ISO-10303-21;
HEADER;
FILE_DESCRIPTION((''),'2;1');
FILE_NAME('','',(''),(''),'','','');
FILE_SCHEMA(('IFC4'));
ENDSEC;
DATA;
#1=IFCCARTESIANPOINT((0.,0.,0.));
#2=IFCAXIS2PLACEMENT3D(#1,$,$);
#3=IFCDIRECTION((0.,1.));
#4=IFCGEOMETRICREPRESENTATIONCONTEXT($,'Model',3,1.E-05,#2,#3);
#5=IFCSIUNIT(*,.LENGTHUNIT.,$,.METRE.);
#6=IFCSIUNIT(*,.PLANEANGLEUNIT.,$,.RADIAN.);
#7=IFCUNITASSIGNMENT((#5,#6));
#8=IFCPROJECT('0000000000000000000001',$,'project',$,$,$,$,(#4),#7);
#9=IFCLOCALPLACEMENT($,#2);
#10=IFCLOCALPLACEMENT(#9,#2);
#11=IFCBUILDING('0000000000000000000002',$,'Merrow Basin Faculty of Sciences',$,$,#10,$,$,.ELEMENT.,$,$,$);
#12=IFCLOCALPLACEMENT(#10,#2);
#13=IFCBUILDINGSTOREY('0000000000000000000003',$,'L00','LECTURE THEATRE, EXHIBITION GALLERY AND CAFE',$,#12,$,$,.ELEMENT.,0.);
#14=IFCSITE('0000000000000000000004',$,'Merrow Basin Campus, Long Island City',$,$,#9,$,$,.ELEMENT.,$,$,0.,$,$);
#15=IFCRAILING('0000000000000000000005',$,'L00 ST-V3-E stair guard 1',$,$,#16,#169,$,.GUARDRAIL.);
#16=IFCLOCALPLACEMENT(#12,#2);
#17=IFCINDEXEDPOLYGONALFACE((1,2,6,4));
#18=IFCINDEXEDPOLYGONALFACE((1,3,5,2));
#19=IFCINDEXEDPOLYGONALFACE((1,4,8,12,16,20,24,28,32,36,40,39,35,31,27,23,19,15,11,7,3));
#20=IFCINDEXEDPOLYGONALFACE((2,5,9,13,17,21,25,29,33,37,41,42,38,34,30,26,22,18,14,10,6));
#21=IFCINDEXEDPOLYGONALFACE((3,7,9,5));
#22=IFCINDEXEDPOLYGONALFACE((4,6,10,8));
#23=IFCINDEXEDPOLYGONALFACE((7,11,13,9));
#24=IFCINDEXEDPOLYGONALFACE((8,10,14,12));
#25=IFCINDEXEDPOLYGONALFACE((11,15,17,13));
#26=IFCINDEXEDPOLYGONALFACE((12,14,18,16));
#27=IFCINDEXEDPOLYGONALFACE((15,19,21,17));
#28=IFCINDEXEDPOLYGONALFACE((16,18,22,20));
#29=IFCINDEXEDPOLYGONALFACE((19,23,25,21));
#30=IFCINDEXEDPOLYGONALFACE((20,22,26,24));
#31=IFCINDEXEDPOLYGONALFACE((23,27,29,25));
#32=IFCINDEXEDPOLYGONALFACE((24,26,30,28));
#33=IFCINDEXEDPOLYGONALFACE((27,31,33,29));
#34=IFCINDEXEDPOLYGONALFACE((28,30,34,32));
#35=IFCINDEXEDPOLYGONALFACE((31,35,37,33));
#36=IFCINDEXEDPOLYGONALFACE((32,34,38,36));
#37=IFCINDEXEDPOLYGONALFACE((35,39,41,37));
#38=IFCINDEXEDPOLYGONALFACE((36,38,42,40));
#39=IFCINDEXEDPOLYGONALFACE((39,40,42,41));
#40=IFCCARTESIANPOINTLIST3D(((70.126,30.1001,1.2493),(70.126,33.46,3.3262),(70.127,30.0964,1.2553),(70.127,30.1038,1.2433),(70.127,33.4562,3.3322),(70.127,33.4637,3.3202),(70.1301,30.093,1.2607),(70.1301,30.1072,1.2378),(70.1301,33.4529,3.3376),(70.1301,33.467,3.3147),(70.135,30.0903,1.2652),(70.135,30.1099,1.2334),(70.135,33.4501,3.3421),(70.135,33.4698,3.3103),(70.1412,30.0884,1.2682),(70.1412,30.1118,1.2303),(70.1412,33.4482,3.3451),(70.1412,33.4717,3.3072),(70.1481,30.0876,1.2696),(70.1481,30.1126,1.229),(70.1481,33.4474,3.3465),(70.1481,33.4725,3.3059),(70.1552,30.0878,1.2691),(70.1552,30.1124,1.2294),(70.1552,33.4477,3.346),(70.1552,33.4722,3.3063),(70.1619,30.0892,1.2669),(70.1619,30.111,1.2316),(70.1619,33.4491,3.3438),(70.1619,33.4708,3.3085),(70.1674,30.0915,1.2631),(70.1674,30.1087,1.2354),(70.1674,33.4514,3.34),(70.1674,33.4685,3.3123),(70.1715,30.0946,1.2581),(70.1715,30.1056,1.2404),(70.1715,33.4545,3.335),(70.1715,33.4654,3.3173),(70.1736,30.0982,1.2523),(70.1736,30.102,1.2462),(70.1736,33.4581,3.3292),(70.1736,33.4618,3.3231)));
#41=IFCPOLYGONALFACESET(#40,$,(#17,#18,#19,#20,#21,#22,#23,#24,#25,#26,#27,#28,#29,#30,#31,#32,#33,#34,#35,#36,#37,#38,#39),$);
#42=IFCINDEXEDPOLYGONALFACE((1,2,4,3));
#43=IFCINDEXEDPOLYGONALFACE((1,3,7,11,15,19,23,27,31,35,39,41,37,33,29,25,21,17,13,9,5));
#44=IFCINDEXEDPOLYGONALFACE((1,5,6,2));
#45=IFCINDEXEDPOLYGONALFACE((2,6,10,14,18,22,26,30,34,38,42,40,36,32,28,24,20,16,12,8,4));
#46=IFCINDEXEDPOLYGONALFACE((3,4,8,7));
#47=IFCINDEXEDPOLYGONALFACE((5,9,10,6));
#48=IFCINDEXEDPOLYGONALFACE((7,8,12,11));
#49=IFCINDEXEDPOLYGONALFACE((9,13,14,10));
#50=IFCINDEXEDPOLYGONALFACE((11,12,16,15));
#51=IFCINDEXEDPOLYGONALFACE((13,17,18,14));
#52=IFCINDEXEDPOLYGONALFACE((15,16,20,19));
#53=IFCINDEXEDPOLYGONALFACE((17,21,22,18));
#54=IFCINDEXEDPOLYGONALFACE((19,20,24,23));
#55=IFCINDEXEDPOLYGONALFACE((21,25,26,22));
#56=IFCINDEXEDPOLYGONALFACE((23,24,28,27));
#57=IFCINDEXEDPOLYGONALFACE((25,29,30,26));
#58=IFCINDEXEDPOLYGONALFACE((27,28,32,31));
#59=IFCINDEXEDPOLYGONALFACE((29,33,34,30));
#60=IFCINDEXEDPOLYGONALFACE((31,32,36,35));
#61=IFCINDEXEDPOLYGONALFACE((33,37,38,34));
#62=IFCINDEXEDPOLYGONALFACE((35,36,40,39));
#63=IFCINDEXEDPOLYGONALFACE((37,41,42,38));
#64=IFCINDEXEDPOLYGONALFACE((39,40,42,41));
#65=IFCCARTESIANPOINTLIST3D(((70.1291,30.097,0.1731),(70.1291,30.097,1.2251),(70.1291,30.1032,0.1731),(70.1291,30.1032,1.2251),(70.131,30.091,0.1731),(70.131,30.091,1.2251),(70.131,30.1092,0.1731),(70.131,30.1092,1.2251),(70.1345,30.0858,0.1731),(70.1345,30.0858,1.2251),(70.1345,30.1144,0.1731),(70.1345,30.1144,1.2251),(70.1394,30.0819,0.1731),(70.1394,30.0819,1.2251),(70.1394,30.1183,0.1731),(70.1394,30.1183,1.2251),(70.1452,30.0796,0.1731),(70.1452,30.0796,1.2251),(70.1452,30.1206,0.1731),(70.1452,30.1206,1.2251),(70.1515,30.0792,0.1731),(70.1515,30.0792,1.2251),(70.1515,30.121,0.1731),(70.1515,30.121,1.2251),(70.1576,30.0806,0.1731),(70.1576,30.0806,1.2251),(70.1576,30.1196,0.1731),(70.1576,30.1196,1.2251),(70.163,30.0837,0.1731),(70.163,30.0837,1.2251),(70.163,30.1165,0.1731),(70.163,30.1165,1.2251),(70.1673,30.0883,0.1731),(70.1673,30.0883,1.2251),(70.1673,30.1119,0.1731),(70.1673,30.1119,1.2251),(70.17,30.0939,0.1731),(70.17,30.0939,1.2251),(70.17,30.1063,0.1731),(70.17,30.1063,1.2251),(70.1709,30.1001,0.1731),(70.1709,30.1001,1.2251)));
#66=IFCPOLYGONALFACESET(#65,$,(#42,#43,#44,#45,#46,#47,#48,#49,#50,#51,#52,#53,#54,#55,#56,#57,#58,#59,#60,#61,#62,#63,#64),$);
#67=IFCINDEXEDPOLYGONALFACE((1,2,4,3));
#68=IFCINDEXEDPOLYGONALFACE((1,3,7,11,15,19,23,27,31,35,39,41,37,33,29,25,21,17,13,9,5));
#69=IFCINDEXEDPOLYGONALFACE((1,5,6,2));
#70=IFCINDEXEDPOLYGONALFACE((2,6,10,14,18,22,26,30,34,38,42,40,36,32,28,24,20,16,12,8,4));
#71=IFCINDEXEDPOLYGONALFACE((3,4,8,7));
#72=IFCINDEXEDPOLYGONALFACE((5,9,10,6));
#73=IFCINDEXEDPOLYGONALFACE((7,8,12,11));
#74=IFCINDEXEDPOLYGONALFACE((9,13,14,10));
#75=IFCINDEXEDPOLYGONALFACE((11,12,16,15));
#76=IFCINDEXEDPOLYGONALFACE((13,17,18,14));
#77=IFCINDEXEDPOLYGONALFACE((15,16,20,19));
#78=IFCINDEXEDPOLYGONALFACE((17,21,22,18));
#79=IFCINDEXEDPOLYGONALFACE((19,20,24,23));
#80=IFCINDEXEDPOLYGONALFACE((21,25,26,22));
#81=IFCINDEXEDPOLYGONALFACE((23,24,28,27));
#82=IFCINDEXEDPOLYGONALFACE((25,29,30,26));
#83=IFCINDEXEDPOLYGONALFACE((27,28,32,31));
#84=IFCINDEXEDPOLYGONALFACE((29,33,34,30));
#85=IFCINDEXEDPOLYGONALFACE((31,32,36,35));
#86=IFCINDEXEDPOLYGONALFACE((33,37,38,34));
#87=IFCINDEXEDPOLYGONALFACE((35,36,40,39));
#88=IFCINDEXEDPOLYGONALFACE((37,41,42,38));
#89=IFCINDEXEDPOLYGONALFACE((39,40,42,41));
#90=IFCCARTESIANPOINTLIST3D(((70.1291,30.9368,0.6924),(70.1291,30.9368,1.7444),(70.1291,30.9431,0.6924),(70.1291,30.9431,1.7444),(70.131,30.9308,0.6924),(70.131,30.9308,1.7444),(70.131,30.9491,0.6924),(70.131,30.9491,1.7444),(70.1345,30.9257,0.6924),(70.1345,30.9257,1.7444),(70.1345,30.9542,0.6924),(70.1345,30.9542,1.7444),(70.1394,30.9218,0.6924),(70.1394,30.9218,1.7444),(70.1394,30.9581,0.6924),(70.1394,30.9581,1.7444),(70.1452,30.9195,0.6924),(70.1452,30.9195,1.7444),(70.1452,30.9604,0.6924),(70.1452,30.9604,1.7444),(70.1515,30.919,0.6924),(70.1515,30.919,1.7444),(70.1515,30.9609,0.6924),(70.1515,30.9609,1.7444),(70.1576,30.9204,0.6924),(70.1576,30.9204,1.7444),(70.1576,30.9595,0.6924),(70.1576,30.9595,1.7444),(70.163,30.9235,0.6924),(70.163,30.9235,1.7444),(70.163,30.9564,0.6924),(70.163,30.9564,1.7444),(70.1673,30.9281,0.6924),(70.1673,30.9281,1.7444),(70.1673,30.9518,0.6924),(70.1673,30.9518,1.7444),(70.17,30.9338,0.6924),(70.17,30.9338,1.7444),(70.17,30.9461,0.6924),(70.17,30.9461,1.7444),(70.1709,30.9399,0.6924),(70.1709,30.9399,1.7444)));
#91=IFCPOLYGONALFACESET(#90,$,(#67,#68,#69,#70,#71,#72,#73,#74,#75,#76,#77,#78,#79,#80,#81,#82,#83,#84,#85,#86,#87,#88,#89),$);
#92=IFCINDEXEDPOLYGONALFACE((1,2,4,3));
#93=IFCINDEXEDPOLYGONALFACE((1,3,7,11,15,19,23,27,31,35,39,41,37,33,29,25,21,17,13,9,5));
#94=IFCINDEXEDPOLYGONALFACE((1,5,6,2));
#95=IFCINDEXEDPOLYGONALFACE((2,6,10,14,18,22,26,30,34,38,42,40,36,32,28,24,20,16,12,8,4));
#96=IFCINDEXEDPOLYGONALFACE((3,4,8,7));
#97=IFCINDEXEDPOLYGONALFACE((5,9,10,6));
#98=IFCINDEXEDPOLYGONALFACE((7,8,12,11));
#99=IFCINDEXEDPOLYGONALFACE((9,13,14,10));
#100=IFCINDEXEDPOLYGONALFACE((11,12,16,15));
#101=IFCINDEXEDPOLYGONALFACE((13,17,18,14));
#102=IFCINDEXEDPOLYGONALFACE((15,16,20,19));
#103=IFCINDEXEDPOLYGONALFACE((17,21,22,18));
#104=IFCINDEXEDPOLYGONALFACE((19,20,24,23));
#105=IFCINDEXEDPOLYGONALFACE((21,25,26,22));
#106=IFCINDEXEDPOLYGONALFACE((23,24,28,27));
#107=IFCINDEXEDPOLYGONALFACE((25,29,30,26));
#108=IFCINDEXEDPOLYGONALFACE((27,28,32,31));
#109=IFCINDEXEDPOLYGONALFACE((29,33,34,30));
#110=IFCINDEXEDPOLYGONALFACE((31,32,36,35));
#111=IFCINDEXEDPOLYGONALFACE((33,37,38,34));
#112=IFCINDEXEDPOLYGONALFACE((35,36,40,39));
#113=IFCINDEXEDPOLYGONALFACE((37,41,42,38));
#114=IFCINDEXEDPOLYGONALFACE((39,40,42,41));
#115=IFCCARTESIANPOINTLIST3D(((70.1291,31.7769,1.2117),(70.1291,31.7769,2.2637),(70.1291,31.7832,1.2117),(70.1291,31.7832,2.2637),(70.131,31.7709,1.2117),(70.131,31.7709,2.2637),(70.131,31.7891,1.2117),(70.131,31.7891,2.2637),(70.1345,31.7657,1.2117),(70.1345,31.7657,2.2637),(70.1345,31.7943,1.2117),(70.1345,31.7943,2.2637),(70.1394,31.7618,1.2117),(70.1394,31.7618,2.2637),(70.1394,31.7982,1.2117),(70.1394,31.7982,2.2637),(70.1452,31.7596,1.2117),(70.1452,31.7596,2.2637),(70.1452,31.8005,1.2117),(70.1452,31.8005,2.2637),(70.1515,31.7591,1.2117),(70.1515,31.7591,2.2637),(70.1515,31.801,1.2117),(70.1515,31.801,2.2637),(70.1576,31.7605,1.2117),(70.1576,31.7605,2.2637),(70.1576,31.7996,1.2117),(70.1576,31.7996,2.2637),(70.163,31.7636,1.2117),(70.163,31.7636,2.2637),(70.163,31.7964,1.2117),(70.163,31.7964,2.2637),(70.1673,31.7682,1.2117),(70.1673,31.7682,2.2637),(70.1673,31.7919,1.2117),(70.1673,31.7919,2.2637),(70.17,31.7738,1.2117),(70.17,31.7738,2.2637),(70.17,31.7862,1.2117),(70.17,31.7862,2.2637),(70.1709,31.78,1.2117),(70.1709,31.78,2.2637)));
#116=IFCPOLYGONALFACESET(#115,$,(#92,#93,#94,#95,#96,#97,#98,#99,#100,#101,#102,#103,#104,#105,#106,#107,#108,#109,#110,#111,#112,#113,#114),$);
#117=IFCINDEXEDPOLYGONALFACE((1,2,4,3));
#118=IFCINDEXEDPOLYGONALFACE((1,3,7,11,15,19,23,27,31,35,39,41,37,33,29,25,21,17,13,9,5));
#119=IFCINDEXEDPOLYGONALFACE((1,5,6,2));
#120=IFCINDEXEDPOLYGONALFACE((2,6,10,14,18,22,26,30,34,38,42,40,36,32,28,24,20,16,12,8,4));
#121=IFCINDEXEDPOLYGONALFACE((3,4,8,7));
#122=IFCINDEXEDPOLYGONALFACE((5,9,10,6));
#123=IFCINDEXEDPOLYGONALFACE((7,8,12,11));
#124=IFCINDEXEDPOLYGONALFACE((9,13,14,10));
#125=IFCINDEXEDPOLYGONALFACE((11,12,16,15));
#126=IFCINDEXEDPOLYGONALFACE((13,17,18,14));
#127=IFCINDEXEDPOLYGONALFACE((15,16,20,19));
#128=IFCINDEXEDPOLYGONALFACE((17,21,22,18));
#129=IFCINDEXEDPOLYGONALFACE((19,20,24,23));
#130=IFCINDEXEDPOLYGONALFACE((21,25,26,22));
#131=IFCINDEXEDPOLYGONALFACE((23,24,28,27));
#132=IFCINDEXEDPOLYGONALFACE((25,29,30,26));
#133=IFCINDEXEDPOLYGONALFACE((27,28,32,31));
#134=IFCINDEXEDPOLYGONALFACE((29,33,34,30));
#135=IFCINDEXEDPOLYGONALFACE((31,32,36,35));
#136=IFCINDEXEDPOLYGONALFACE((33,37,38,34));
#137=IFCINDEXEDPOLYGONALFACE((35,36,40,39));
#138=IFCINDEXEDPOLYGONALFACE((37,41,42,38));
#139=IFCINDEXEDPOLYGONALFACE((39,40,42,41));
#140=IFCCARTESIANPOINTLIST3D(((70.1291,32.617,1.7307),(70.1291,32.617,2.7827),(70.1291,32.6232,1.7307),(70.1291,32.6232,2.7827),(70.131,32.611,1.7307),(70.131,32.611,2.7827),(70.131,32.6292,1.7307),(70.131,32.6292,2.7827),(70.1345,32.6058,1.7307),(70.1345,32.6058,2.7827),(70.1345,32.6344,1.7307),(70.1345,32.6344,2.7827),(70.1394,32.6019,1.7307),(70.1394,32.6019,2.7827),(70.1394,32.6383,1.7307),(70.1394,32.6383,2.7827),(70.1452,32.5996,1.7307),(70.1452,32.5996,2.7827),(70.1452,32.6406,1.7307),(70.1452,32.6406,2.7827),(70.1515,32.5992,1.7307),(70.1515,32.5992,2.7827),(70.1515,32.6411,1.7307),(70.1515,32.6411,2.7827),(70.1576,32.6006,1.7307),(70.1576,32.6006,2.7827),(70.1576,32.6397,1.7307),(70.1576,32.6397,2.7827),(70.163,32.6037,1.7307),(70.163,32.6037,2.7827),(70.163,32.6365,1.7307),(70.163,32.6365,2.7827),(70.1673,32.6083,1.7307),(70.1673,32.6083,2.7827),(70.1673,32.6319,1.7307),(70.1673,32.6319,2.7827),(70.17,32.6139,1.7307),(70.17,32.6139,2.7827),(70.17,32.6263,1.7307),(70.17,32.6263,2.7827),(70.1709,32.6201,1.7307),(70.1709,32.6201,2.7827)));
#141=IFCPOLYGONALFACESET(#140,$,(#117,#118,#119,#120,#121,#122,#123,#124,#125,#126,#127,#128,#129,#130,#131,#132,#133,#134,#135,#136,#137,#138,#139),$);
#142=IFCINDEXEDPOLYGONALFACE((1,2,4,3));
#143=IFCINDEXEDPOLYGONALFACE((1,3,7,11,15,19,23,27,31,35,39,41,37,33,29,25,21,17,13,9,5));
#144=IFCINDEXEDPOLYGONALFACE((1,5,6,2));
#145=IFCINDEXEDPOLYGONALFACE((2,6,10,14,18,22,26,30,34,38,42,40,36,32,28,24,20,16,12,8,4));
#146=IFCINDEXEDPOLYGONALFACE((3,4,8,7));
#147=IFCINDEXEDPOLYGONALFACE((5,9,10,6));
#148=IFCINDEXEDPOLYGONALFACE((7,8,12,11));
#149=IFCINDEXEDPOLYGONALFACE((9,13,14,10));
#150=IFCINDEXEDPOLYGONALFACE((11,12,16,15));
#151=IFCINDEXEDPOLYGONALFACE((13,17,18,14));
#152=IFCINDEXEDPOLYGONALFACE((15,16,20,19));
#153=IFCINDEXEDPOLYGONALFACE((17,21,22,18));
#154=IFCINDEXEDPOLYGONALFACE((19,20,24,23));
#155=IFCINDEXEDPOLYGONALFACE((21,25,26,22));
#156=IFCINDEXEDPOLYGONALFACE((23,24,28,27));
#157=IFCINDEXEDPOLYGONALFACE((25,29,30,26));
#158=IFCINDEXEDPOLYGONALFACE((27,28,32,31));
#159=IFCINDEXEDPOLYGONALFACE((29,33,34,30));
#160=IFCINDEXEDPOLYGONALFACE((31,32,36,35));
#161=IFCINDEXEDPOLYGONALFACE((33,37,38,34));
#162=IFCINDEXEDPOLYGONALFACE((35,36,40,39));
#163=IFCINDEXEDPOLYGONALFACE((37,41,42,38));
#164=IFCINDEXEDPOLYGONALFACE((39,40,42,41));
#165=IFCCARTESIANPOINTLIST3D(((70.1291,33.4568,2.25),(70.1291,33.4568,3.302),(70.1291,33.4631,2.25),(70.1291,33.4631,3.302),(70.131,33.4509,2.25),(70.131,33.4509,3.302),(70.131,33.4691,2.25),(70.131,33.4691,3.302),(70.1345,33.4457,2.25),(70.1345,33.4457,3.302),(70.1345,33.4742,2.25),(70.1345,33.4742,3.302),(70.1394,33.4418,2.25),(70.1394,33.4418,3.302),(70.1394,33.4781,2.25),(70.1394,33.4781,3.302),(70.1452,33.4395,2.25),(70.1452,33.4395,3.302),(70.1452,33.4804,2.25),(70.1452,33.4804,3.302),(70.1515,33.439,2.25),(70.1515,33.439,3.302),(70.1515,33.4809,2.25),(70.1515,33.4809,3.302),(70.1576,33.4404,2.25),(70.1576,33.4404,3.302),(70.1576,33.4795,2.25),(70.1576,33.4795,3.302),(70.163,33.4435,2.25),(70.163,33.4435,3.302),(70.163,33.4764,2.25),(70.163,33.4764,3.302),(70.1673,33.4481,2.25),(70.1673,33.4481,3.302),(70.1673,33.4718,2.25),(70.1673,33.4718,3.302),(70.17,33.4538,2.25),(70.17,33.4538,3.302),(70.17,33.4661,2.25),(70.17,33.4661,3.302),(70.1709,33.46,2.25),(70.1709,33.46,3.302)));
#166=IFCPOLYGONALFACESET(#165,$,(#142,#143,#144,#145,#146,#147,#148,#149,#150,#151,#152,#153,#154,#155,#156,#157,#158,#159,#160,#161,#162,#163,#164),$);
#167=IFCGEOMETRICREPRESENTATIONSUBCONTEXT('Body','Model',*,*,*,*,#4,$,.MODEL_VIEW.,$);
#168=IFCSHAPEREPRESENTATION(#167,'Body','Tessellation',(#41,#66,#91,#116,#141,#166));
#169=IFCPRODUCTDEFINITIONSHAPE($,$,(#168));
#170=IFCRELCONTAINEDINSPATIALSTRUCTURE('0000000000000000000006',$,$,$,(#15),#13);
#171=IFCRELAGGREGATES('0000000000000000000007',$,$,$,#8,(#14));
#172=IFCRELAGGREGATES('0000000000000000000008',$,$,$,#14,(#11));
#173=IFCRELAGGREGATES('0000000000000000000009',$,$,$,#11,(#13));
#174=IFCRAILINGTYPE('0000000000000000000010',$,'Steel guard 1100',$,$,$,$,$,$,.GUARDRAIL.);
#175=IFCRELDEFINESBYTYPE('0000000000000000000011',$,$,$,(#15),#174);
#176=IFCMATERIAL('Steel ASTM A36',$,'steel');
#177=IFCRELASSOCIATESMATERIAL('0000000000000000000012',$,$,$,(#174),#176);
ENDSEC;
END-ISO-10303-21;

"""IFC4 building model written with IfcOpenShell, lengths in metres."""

from ifc_helpers import new_model, si_unit, direction, frame, origin, origin_2d, place, context, subcontext, project, spatial, circle, extrude, material, type_object, element, save


model = new_model("IFC4")

# Units and contexts
model_context = context("Model", 3, precision=1e-05, world=origin(), true_north=direction((0.0, 1.0)))
body_context = subcontext(model_context, "Body", "Model", "MODEL_VIEW")
ifc_project = project(units=[si_unit("LENGTHUNIT", "METRE"), si_unit("PLANEANGLEUNIT", "RADIAN")], contexts=[model_context])

# Site, building, storey
site_placement = place(None, origin())
site = spatial("IfcSite", under=ifc_project, at=site_placement, Name="Merrow Basin Campus, Long Island City", CompositionType="ELEMENT", RefElevation=0.0)
building_placement = place(site_placement, origin())
building = spatial("IfcBuilding", under=site, at=building_placement, Name="Merrow Basin Faculty of Sciences", CompositionType="ELEMENT")
storey_placement = place(building_placement, origin())
storey = spatial("IfcBuildingStorey", under=building, at=storey_placement, Name="L00", Description="LECTURE THEATRE, EXHIBITION GALLERY AND CAFE", CompositionType="ELEMENT", Elevation=0.0)

# Railing
ifc_material_1 = material(Name="Steel ASTM A36", Category="steel")
railing_type_1 = type_object("IfcRailingType", Name="Steel guard 1100", PredefinedType="GUARDRAIL", material=ifc_material_1)
railing_1_placement = place(storey_placement, frame((70.1499, 30.1001, 0.1731)))
element("IfcRailing", 1, at=railing_1_placement, inside=storey, type_object=railing_type_1, Name="L00 ST-V3-E stair guard 1", PredefinedType="GUARDRAIL", context=body_context, shape_type="SweptSolid", body=[
    extrude(circle(Radius=0.0239, at=origin_2d()), frame((0.0, 0.0, 1.0762), z_axis=(0.0, 0.850606, 0.525803), x_axis=(-1.0, 0.0, 0.0)), (0.0, 0.0, 1.0), 3.95),
    extrude(circle(Radius=0.021, at=origin_2d()), origin(), (0.0, 0.0, 1.0), 1.052),
    extrude(circle(Radius=0.021, at=origin_2d()), frame((0.0, 0.8398, 0.5193)), (0.0, 0.0, 1.0), 1.052),
    extrude(circle(Radius=0.021, at=origin_2d()), frame((0.0, 1.6799, 1.0386)), (0.0, 0.0, 1.0), 1.052),
    extrude(circle(Radius=0.021, at=origin_2d()), frame((0.0, 2.52, 1.5576)), (0.0, 0.0, 1.0), 1.052),
    extrude(circle(Radius=0.021, at=origin_2d()), frame((0.0, 3.3599, 2.0769)), (0.0, 0.0, 1.0), 1.052),
])

save(model, "model.ifc")
